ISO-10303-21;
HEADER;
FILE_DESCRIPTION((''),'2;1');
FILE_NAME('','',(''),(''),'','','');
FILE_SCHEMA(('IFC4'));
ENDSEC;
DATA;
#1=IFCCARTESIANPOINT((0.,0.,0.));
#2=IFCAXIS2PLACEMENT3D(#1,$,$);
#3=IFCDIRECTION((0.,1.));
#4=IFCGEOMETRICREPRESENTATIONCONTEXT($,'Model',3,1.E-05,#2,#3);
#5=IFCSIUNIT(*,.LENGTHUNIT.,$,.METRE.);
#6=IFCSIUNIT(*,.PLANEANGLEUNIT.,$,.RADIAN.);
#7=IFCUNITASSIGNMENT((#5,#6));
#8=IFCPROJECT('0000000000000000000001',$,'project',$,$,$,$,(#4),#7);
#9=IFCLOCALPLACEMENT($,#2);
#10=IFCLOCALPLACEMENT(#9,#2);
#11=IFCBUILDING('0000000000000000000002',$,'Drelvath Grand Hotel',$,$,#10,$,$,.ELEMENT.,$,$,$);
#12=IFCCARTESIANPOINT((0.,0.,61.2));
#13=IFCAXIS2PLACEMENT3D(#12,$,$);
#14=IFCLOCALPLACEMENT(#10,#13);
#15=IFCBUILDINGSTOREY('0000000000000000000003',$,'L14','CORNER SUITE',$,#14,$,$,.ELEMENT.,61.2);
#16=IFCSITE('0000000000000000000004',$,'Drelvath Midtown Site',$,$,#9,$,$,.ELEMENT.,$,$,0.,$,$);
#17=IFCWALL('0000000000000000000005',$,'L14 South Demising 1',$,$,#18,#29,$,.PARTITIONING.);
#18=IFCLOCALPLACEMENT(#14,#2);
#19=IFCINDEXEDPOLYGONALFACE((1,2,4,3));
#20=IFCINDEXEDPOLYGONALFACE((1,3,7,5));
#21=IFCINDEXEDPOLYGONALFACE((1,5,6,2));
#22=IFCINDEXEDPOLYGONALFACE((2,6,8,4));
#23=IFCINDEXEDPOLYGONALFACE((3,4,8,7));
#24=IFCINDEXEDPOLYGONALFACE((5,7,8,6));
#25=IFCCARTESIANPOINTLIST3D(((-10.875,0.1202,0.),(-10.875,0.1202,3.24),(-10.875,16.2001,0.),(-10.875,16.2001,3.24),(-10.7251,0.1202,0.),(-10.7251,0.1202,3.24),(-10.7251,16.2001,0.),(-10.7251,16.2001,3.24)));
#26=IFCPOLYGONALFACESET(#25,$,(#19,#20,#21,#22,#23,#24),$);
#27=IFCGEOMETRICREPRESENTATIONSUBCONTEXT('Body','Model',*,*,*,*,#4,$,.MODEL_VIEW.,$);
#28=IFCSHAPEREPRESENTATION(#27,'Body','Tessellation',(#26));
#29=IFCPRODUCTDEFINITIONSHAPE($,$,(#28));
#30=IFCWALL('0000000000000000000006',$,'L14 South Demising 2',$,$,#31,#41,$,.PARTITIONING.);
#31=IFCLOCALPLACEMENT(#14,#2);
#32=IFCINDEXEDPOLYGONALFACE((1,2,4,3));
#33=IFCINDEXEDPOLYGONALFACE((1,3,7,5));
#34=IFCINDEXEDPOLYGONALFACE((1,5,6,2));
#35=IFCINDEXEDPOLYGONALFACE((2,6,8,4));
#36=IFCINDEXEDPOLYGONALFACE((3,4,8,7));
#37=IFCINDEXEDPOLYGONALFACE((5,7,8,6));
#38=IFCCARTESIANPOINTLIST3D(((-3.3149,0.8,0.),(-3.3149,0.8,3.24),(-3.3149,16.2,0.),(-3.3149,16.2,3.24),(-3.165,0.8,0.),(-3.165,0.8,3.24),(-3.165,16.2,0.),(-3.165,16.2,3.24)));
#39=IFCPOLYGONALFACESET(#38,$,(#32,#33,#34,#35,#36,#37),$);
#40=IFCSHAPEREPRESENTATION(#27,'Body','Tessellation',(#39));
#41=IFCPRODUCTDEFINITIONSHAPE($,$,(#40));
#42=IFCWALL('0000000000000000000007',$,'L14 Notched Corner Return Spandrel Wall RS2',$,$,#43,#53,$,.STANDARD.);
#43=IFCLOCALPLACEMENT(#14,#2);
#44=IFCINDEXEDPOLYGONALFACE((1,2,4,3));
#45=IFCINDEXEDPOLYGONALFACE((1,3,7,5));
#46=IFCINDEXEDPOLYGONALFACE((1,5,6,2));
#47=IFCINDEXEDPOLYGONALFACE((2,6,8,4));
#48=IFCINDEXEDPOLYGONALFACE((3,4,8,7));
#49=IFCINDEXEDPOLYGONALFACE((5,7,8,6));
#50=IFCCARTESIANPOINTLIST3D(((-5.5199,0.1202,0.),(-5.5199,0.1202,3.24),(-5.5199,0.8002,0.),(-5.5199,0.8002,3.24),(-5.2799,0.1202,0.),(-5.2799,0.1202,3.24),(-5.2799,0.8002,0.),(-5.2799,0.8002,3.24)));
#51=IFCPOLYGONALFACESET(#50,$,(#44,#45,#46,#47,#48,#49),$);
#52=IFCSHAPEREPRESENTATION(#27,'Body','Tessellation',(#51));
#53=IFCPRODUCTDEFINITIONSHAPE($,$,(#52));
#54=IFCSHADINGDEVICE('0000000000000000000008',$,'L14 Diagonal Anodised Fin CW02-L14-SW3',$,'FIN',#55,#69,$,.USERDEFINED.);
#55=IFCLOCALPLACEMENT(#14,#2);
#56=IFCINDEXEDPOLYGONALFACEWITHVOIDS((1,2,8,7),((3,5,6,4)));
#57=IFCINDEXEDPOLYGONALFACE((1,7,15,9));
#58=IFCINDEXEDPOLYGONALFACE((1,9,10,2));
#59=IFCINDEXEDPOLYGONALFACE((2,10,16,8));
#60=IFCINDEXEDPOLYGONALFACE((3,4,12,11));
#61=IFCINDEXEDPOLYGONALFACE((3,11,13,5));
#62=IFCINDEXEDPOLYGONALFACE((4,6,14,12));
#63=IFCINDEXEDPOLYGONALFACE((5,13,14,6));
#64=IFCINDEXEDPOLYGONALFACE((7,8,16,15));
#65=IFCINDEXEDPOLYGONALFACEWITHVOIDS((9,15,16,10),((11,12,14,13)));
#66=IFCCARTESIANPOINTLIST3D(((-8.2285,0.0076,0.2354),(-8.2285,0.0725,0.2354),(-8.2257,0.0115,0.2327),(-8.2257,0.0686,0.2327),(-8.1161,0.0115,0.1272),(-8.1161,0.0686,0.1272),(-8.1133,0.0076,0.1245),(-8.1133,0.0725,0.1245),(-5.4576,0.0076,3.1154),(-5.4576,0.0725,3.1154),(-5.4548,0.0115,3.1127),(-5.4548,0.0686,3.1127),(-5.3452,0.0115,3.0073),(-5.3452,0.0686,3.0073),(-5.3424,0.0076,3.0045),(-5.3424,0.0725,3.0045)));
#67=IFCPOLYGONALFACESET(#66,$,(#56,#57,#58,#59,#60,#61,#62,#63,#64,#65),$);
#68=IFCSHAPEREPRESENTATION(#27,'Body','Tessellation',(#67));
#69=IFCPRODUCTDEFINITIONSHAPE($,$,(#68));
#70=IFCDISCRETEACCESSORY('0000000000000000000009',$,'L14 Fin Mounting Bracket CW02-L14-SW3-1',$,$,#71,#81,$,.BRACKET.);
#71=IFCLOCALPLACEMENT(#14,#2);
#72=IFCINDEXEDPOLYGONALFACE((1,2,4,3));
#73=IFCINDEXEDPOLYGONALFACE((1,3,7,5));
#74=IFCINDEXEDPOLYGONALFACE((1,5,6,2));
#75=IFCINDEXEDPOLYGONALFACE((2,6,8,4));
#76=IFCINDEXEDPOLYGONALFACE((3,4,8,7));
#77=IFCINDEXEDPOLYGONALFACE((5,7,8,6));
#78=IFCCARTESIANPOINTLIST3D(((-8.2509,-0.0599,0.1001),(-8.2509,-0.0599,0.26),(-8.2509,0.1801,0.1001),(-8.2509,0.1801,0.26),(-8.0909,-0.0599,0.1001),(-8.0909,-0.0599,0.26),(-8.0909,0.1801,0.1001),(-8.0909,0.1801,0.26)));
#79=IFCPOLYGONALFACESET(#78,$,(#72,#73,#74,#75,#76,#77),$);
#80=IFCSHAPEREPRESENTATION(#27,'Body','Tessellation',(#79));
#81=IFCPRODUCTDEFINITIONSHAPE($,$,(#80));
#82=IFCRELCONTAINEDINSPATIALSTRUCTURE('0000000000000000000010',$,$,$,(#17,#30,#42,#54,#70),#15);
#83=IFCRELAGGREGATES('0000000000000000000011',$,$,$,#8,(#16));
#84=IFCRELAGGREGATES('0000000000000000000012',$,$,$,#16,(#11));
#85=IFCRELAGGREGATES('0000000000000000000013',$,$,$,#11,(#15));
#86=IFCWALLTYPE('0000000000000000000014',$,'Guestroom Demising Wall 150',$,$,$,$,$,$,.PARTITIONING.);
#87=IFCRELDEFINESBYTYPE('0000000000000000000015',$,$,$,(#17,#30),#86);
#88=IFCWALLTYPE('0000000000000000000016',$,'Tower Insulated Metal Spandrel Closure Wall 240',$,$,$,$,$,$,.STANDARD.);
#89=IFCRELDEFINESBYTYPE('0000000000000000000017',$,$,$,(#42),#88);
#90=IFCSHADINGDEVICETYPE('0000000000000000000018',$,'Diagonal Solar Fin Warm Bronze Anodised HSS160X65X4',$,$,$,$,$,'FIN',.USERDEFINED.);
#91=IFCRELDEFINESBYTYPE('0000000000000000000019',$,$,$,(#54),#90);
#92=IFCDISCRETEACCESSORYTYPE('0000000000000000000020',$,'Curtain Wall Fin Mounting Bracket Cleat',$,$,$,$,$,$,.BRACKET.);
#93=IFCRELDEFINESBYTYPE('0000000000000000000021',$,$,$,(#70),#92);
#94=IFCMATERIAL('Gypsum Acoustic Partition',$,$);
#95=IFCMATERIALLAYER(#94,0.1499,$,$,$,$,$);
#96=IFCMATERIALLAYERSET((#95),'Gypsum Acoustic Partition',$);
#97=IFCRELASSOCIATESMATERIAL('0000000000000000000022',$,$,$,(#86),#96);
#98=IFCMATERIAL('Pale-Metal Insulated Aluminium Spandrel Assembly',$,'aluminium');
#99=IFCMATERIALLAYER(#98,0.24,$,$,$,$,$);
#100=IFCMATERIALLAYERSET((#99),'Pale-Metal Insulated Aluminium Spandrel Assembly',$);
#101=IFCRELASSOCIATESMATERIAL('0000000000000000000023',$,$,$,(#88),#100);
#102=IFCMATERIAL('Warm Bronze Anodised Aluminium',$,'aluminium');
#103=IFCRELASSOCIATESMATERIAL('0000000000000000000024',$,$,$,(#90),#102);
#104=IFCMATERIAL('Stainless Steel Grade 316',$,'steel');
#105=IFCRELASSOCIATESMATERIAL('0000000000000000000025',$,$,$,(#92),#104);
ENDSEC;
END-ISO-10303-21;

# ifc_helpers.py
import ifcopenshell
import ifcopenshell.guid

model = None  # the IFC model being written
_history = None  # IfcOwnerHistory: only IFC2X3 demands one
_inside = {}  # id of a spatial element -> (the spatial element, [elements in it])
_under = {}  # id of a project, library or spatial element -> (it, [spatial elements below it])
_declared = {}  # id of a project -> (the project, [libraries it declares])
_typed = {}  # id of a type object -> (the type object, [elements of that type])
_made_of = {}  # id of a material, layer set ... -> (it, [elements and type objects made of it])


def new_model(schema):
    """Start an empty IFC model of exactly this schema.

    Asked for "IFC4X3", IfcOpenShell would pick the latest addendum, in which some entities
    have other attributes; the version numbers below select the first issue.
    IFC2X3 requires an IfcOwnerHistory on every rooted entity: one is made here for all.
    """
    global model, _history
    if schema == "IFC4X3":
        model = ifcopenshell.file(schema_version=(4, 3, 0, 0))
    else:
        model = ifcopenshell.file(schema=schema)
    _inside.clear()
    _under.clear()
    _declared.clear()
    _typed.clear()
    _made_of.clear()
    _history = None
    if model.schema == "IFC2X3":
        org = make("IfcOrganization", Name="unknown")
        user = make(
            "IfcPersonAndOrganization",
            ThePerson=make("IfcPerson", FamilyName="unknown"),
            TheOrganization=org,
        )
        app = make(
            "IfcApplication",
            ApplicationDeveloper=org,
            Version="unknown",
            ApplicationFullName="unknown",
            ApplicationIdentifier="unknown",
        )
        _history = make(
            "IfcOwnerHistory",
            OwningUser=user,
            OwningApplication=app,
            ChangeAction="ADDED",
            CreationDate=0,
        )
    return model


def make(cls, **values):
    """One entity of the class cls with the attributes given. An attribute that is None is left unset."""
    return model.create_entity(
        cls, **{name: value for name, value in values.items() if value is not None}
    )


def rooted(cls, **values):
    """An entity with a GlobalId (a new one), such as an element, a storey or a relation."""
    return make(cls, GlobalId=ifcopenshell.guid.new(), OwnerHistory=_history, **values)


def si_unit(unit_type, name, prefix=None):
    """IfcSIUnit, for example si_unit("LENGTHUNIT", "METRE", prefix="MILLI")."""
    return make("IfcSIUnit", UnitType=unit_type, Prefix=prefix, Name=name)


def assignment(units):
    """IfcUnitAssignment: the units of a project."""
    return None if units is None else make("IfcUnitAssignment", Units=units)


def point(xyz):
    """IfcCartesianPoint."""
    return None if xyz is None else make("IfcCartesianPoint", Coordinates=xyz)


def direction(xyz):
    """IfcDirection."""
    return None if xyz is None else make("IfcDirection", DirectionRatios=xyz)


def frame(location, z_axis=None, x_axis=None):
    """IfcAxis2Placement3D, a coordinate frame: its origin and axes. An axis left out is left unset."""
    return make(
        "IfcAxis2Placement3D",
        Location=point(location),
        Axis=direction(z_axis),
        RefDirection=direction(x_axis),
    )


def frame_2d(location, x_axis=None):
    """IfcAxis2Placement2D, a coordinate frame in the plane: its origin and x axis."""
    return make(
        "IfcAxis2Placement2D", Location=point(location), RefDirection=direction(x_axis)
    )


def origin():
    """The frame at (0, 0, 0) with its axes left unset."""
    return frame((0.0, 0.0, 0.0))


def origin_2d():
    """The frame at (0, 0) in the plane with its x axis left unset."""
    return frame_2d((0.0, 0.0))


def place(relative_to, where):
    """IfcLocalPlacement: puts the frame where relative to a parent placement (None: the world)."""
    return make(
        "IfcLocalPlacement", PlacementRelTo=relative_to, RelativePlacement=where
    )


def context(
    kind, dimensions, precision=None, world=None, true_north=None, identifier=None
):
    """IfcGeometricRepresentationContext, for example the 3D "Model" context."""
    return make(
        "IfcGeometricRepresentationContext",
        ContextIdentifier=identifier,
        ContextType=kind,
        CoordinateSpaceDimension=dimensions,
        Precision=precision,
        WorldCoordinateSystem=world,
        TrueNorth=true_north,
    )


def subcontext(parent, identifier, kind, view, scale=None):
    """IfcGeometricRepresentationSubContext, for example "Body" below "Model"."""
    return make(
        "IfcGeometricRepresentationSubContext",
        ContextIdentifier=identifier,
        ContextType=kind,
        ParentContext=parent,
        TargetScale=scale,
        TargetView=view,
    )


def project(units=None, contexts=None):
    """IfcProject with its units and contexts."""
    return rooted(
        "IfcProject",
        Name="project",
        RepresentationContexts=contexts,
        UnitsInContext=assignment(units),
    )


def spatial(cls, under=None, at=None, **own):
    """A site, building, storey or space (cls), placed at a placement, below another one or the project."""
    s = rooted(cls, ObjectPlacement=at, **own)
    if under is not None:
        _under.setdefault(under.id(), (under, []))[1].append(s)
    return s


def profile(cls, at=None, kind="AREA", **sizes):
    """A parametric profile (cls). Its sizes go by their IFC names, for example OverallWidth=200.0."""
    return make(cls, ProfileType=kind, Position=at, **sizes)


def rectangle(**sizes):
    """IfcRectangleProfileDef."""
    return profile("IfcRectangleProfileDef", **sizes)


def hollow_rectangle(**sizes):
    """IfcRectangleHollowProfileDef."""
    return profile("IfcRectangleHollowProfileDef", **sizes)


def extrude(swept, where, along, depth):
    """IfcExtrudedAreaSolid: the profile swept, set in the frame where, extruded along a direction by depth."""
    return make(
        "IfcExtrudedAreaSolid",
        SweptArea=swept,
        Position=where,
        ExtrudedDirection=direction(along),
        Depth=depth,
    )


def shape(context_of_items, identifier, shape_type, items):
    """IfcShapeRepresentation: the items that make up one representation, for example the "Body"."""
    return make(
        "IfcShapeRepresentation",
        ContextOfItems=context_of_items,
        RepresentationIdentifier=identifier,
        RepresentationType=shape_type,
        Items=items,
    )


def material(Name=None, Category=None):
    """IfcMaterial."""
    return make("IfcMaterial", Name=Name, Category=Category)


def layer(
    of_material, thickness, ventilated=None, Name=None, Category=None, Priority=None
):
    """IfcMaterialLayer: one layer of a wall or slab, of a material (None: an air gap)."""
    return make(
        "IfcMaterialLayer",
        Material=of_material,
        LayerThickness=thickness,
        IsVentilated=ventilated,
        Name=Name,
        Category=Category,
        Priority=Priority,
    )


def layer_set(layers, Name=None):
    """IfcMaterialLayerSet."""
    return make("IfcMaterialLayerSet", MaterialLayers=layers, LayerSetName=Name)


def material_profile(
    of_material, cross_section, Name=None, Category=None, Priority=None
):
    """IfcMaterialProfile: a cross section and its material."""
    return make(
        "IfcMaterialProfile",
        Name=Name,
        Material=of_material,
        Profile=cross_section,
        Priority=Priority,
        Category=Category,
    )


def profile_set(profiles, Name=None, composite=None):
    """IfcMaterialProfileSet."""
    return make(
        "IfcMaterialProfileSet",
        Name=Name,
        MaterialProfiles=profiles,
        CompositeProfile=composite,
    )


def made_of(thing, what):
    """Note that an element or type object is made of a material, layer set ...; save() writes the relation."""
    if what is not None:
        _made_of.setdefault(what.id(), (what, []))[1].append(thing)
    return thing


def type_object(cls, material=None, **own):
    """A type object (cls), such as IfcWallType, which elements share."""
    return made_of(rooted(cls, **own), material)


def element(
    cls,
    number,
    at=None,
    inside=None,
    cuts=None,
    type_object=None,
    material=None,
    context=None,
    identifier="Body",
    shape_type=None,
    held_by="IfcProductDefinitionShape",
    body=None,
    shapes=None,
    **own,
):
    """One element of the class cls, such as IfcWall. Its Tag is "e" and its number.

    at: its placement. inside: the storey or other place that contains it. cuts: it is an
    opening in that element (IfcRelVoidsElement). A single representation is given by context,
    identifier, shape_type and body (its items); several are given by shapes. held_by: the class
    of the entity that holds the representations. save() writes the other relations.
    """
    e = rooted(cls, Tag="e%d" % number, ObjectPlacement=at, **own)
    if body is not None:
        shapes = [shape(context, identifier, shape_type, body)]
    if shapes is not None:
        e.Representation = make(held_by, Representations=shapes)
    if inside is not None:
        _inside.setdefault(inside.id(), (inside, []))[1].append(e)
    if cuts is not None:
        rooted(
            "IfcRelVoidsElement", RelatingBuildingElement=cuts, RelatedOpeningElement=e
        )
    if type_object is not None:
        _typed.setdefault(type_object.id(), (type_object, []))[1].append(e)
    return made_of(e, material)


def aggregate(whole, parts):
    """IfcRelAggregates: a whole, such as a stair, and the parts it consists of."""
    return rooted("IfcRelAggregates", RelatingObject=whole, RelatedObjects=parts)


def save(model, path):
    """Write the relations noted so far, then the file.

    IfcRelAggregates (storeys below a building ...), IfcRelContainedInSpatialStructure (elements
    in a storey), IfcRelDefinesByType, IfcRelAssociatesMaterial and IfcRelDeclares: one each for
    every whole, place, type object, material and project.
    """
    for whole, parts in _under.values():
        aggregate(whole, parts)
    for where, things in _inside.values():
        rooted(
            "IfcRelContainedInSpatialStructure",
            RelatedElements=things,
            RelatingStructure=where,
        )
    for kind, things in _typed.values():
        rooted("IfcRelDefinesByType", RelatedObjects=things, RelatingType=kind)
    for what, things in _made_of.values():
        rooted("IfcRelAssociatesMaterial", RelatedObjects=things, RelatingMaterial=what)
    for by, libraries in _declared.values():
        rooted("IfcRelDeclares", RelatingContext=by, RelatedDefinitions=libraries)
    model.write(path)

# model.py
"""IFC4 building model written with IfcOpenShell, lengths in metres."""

from ifc_helpers import new_model, si_unit, direction, frame, frame_2d, origin, origin_2d, place, context, subcontext, project, spatial, rectangle, hollow_rectangle, extrude, material, layer, layer_set, material_profile, profile_set, type_object, element, save


model = new_model("IFC4")

# Units and contexts
model_context = context("Model", 3, precision=1e-05, world=origin(), true_north=direction((0.0, 1.0)))
body_context = subcontext(model_context, "Body", "Model", "MODEL_VIEW")
ifc_project = project(units=[si_unit("LENGTHUNIT", "METRE"), si_unit("PLANEANGLEUNIT", "RADIAN")], contexts=[model_context])

# Site, building, storey
site_placement = place(None, origin())
site = spatial("IfcSite", under=ifc_project, at=site_placement, Name="Drelvath Midtown Site", CompositionType="ELEMENT", RefElevation=0.0)
building_placement = place(site_placement, origin())
building = spatial("IfcBuilding", under=site, at=building_placement, Name="Drelvath Grand Hotel", CompositionType="ELEMENT")
storey_placement = place(building_placement, frame((0.0, 0.0, 61.2)))
storey = spatial("IfcBuildingStorey", under=building, at=storey_placement, Name="L14", Description="CORNER SUITE", CompositionType="ELEMENT", Elevation=61.2)

# Walls
ifc_material_1 = material(Name="Gypsum Acoustic Partition")
ifc_layer_1 = layer(ifc_material_1, 0.1499)
ifc_layer_set_1 = layer_set([ifc_layer_1], Name="Gypsum Acoustic Partition")
wall_type_1 = type_object("IfcWallType", Name="Guestroom Demising Wall 150", PredefinedType="PARTITIONING", material=ifc_layer_set_1)
wall_1_placement = place(storey_placement, frame((-10.8, 0.1201, 0.0), z_axis=(0.0, 0.0, 1.0), x_axis=(0.0, 1.0, 0.0)))
element("IfcWall", 1, at=wall_1_placement, inside=storey, type_object=wall_type_1, Name="L14 South Demising 1", PredefinedType="PARTITIONING", context=body_context, shape_type="SweptSolid", body=[
    extrude(rectangle(XDim=16.0798, YDim=0.1499, at=frame_2d((8.04, 0.0))), origin(), (0.0, 0.0, 1.0), 3.24),
])
wall_2_placement = place(storey_placement, frame((-3.24, 0.8, 0.0), z_axis=(0.0, 0.0, 1.0), x_axis=(0.0, 1.0, 0.0)))
element("IfcWall", 2, at=wall_2_placement, inside=storey, type_object=wall_type_1, Name="L14 South Demising 2", PredefinedType="PARTITIONING", context=body_context, shape_type="SweptSolid", body=[
    extrude(rectangle(XDim=15.3999, YDim=0.1499, at=frame_2d((7.7, 0.0))), origin(), (0.0, 0.0, 1.0), 3.24),
])
ifc_material_2 = material(Name="Pale-Metal Insulated Aluminium Spandrel Assembly", Category="aluminium")
ifc_layer_2 = layer(ifc_material_2, 0.24)
ifc_layer_set_2 = layer_set([ifc_layer_2], Name="Pale-Metal Insulated Aluminium Spandrel Assembly")
wall_type_2 = type_object("IfcWallType", Name="Tower Insulated Metal Spandrel Closure Wall 240", PredefinedType="STANDARD", material=ifc_layer_set_2)
wall_3_placement = place(storey_placement, frame((-5.3999, 0.8, 0.0), z_axis=(0.0, 0.0, 1.0), x_axis=(0.0, -1.0, 0.0)))
element("IfcWall", 3, at=wall_3_placement, inside=storey, type_object=wall_type_2, Name="L14 Notched Corner Return Spandrel Wall RS2", PredefinedType="STANDARD", context=body_context, shape_type="SweptSolid", body=[
    extrude(rectangle(XDim=0.6799, YDim=0.24, at=frame_2d((0.3398, 0.0))), origin(), (0.0, 0.0, 1.0), 3.24),
])

# Shading device
ifc_material_3 = material(Name="Warm Bronze Anodised Aluminium", Category="aluminium")
ifc_material_profile_1 = material_profile(ifc_material_3, hollow_rectangle(XDim=0.0649, YDim=0.1599, WallThickness=0.0039, at=origin_2d()), Name="HSS160X65X4")
ifc_profile_set_1 = profile_set([ifc_material_profile_1], Name="Warm Bronze Anodised Aluminium")
shading_device_type = type_object("IfcShadingDeviceType", Name="Diagonal Solar Fin Warm Bronze Anodised HSS160X65X4", ElementType="FIN", PredefinedType="USERDEFINED", material=ifc_profile_set_1)
shading_device_placement = place(storey_placement, frame((-8.1709, 0.04, 0.1799), z_axis=(0.693322, 0.0, 0.720628), x_axis=(0.0, 1.0, 0.0)))
element("IfcShadingDevice", 4, at=shading_device_placement, inside=storey, type_object=shading_device_type, Name="L14 Diagonal Anodised Fin CW02-L14-SW3", ObjectType="FIN", PredefinedType="USERDEFINED", context=body_context, shape_type="SweptSolid", body=[
    extrude(hollow_rectangle(XDim=0.0649, YDim=0.1599, WallThickness=0.0039, at=origin_2d()), origin(), (0.0, 0.0, 1.0), 3.9966),
])

# Discrete accessory
ifc_material_4 = material(Name="Stainless Steel Grade 316", Category="steel")
discrete_accessory_type = type_object("IfcDiscreteAccessoryType", Name="Curtain Wall Fin Mounting Bracket Cleat", PredefinedType="BRACKET", material=ifc_material_4)
discrete_accessory_placement = place(storey_placement, frame((-8.1709, 0.0601, 0.1001), z_axis=(0.0, 0.0, 1.0), x_axis=(-1.0, 0.0, 0.0)))
element("IfcDiscreteAccessory", 5, at=discrete_accessory_placement, inside=storey, type_object=discrete_accessory_type, Name="L14 Fin Mounting Bracket CW02-L14-SW3-1", PredefinedType="BRACKET", context=body_context, shape_type="SweptSolid", body=[
    extrude(rectangle(XDim=0.1599, YDim=0.24, at=origin_2d()), origin(), (0.0, 0.0, 1.0), 0.1599),
])

save(model, "model.ifc")
